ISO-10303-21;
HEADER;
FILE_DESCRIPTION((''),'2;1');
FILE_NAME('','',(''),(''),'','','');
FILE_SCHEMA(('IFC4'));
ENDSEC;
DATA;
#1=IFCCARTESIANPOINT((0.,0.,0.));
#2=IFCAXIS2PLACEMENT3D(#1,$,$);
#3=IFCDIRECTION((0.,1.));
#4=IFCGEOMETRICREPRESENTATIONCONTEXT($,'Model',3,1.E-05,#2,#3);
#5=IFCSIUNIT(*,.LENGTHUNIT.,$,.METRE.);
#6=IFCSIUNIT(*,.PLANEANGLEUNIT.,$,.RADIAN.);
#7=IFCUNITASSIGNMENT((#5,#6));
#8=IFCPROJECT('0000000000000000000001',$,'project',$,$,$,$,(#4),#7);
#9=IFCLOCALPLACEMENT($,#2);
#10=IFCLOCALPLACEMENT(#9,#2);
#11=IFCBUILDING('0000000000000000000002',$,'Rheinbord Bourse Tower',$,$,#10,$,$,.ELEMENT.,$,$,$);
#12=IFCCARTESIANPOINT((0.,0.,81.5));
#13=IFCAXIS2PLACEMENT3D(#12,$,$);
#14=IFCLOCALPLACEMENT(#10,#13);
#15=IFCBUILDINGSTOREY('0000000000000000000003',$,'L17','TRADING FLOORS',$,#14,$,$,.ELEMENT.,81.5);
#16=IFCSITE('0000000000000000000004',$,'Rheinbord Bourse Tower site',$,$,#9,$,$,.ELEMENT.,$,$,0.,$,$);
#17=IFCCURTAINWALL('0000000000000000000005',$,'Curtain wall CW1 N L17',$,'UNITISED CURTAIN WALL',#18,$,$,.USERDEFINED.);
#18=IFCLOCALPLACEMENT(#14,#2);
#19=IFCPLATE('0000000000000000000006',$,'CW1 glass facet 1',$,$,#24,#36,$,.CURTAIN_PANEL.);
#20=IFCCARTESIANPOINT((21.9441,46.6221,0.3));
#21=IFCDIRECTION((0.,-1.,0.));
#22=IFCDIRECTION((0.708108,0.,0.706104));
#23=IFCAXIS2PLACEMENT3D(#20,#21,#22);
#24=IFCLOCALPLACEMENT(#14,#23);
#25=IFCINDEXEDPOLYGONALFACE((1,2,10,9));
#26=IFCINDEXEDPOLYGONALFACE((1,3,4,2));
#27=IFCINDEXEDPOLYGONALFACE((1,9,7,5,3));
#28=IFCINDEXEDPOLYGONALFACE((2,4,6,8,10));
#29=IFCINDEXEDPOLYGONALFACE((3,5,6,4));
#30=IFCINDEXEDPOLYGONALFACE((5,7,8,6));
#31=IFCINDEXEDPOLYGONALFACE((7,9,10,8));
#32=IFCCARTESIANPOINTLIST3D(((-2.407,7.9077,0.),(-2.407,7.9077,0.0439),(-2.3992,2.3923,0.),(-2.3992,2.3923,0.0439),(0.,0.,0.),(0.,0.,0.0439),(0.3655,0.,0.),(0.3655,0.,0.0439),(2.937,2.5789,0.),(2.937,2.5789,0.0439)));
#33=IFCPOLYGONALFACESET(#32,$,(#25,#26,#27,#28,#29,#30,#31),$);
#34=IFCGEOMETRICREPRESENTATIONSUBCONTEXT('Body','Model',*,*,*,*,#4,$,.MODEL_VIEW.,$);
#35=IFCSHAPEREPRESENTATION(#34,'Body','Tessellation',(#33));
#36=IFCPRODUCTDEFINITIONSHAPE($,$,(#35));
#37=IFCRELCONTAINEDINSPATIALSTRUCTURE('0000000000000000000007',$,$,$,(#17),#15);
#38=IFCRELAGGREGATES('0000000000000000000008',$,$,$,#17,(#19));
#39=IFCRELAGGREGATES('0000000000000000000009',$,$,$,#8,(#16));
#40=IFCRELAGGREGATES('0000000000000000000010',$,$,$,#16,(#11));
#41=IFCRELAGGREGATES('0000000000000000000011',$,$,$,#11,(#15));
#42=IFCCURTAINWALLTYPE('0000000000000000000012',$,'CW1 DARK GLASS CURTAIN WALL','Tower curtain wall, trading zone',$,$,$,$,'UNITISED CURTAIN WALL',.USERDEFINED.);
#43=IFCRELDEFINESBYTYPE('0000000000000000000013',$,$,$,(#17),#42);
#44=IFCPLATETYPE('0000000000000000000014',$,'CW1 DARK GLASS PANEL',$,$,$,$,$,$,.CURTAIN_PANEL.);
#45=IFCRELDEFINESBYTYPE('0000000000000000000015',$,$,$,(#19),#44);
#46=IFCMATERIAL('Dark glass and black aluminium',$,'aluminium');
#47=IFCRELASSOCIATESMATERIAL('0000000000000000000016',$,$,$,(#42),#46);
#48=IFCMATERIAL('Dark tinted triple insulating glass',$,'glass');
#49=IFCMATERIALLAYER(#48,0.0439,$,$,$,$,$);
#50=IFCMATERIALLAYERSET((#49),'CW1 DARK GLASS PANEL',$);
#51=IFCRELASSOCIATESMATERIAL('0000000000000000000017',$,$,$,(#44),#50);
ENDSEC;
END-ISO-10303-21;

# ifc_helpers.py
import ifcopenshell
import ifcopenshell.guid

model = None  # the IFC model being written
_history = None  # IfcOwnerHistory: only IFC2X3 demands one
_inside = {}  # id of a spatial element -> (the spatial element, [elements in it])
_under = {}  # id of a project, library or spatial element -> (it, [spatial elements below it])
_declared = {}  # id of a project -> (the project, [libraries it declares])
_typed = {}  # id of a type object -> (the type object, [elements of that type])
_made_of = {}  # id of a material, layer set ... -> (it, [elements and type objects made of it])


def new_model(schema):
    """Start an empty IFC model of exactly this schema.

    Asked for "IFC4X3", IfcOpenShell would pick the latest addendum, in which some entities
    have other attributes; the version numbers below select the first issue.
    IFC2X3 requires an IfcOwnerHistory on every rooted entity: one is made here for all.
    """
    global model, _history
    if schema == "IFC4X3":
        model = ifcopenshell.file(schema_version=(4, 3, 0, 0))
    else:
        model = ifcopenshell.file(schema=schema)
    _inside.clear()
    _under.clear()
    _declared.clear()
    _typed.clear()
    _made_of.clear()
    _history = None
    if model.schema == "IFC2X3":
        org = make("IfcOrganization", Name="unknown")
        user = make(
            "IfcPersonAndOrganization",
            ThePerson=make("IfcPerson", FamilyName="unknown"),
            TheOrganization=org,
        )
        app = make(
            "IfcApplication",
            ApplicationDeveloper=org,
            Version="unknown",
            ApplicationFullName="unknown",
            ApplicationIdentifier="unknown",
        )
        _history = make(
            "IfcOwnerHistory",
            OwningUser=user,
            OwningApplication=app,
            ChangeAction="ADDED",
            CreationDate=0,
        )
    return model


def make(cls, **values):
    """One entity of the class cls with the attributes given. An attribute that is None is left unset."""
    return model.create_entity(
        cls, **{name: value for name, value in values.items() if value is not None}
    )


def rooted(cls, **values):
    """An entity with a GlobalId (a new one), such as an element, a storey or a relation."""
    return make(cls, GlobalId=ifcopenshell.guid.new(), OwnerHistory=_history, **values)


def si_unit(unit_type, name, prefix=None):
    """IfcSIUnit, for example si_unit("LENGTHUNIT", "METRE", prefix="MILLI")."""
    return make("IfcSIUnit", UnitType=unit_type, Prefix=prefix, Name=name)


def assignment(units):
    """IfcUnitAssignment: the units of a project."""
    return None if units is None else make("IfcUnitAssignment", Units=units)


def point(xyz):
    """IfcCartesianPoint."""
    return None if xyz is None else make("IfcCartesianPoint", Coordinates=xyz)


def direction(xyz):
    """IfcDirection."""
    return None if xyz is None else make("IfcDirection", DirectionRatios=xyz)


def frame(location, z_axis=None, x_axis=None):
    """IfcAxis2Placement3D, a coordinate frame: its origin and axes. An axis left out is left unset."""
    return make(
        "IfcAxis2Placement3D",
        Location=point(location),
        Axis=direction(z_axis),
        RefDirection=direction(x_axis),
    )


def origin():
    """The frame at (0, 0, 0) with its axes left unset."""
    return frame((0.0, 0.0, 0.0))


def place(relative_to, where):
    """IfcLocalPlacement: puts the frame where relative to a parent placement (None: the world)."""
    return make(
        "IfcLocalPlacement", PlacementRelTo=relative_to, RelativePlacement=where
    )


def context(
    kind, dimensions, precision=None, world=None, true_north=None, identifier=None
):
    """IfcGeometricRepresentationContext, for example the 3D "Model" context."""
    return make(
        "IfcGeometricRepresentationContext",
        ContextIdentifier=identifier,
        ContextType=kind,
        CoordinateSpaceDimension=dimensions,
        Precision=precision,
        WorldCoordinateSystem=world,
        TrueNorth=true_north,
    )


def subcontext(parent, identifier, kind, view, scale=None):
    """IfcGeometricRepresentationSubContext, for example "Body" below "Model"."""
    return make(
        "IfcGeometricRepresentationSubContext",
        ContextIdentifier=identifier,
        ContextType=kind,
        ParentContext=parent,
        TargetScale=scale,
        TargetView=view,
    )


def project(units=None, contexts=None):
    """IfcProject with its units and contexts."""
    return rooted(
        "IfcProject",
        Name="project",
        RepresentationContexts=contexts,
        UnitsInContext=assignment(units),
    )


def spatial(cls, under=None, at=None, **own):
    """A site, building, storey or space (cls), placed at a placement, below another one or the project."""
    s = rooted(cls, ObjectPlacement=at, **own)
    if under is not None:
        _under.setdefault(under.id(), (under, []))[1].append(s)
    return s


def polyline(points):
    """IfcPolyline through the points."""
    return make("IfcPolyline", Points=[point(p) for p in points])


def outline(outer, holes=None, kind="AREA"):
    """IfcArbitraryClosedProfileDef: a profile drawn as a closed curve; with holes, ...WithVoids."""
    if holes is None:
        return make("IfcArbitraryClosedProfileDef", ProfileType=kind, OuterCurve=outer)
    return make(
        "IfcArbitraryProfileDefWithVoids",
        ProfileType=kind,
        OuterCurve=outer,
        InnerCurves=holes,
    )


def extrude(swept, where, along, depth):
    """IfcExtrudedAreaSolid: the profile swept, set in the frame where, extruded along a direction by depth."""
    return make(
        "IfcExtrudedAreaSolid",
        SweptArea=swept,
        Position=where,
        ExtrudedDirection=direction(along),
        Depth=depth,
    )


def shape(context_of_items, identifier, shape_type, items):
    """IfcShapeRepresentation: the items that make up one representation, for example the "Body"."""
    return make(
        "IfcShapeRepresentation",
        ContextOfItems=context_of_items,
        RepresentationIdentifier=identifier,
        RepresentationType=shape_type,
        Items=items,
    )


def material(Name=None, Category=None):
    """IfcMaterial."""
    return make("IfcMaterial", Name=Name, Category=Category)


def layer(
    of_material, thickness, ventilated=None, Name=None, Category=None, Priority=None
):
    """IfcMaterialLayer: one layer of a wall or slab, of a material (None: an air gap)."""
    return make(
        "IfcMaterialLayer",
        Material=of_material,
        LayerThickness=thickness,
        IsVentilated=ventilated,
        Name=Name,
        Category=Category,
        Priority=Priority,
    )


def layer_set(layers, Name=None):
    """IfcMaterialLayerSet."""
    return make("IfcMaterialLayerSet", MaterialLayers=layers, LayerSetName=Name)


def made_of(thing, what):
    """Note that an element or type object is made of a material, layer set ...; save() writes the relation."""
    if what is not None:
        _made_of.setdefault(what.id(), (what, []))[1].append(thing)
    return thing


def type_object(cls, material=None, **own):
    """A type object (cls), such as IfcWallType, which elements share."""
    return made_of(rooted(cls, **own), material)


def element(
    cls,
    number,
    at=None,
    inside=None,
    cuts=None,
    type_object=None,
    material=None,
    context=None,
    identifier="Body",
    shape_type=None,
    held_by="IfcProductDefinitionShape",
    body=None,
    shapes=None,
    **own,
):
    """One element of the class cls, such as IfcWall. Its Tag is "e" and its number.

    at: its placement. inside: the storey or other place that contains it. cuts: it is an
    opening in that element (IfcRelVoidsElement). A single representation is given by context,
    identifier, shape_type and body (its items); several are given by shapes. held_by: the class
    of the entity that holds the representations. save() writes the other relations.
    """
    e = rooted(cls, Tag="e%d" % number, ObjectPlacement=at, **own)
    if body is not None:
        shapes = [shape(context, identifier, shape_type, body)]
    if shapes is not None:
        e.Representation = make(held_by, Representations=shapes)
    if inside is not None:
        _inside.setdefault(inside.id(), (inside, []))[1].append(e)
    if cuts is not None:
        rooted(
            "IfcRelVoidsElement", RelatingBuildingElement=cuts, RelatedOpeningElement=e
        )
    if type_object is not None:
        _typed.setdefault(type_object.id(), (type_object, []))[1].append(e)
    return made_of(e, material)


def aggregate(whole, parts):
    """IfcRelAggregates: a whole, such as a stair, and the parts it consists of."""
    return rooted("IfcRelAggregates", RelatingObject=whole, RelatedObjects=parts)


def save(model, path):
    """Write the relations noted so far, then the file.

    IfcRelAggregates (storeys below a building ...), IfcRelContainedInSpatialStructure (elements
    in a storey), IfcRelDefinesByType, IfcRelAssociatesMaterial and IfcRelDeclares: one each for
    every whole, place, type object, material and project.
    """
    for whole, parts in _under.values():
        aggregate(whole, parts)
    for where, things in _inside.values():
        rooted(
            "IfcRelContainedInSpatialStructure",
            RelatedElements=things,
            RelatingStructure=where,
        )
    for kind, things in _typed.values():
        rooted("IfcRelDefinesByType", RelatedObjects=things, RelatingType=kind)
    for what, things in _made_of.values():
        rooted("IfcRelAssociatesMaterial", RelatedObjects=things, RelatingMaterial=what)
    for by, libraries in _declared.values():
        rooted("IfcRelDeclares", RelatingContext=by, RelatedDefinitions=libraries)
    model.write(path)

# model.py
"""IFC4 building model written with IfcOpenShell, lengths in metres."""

from ifc_helpers import new_model, si_unit, direction, frame, origin, place, context, subcontext, project, spatial, polyline, outline, extrude, material, layer, layer_set, type_object, element, aggregate, save


model = new_model("IFC4")

# Units and contexts
model_context = context("Model", 3, precision=1e-05, world=origin(), true_north=direction((0.0, 1.0)))
body_context = subcontext(model_context, "Body", "Model", "MODEL_VIEW")
ifc_project = project(units=[si_unit("LENGTHUNIT", "METRE"), si_unit("PLANEANGLEUNIT", "RADIAN")], contexts=[model_context])

# Site, building, storey
site_placement = place(None, origin())
site = spatial("IfcSite", under=ifc_project, at=site_placement, Name="Rheinbord Bourse Tower site", CompositionType="ELEMENT", RefElevation=0.0)
building_placement = place(site_placement, origin())
building = spatial("IfcBuilding", under=site, at=building_placement, Name="Rheinbord Bourse Tower", CompositionType="ELEMENT")
storey_placement = place(building_placement, frame((0.0, 0.0, 81.5)))
storey = spatial("IfcBuildingStorey", under=building, at=storey_placement, Name="L17", Description="TRADING FLOORS", CompositionType="ELEMENT", Elevation=81.5)

# Curtain wall
ifc_material_1 = material(Name="Dark glass and black aluminium", Category="aluminium")
curtain_wall_type = type_object("IfcCurtainWallType", Name="CW1 DARK GLASS CURTAIN WALL", Description="Tower curtain wall, trading zone", ElementType="UNITISED CURTAIN WALL", PredefinedType="USERDEFINED", material=ifc_material_1)
curtain_wall_placement = place(storey_placement, origin())
curtain_wall = element("IfcCurtainWall", 1, at=curtain_wall_placement, inside=storey, type_object=curtain_wall_type, Name="Curtain wall CW1 N L17", ObjectType="UNITISED CURTAIN WALL", PredefinedType="USERDEFINED")

# Plate
ifc_material_2 = material(Name="Dark tinted triple insulating glass", Category="glass")
ifc_layer = layer(ifc_material_2, 0.0439)
ifc_layer_set = layer_set([ifc_layer], Name="CW1 DARK GLASS PANEL")
plate_type = type_object("IfcPlateType", Name="CW1 DARK GLASS PANEL", PredefinedType="CURTAIN_PANEL", material=ifc_layer_set)
plate_1_placement = place(storey_placement, frame((21.9441, 46.6221, 0.3), z_axis=(0.0, -1.0, 0.0), x_axis=(0.708108, 0.0, 0.706104)))
plate_1 = element("IfcPlate", 2, at=plate_1_placement, type_object=plate_type, Name="CW1 glass facet 1", PredefinedType="CURTAIN_PANEL", context=body_context, shape_type="SweptSolid", body=[
    extrude(outline(polyline([(0.0, 0.0), (0.3655, 0.0), (2.937, 2.5789), (-2.407, 7.9077), (-2.3992, 2.3923), (0.0, 0.0)])), origin(), (0.0, 0.0, 1.0), 0.0439),
])
aggregate(curtain_wall, [plate_1])

save(model, "model.ifc")
